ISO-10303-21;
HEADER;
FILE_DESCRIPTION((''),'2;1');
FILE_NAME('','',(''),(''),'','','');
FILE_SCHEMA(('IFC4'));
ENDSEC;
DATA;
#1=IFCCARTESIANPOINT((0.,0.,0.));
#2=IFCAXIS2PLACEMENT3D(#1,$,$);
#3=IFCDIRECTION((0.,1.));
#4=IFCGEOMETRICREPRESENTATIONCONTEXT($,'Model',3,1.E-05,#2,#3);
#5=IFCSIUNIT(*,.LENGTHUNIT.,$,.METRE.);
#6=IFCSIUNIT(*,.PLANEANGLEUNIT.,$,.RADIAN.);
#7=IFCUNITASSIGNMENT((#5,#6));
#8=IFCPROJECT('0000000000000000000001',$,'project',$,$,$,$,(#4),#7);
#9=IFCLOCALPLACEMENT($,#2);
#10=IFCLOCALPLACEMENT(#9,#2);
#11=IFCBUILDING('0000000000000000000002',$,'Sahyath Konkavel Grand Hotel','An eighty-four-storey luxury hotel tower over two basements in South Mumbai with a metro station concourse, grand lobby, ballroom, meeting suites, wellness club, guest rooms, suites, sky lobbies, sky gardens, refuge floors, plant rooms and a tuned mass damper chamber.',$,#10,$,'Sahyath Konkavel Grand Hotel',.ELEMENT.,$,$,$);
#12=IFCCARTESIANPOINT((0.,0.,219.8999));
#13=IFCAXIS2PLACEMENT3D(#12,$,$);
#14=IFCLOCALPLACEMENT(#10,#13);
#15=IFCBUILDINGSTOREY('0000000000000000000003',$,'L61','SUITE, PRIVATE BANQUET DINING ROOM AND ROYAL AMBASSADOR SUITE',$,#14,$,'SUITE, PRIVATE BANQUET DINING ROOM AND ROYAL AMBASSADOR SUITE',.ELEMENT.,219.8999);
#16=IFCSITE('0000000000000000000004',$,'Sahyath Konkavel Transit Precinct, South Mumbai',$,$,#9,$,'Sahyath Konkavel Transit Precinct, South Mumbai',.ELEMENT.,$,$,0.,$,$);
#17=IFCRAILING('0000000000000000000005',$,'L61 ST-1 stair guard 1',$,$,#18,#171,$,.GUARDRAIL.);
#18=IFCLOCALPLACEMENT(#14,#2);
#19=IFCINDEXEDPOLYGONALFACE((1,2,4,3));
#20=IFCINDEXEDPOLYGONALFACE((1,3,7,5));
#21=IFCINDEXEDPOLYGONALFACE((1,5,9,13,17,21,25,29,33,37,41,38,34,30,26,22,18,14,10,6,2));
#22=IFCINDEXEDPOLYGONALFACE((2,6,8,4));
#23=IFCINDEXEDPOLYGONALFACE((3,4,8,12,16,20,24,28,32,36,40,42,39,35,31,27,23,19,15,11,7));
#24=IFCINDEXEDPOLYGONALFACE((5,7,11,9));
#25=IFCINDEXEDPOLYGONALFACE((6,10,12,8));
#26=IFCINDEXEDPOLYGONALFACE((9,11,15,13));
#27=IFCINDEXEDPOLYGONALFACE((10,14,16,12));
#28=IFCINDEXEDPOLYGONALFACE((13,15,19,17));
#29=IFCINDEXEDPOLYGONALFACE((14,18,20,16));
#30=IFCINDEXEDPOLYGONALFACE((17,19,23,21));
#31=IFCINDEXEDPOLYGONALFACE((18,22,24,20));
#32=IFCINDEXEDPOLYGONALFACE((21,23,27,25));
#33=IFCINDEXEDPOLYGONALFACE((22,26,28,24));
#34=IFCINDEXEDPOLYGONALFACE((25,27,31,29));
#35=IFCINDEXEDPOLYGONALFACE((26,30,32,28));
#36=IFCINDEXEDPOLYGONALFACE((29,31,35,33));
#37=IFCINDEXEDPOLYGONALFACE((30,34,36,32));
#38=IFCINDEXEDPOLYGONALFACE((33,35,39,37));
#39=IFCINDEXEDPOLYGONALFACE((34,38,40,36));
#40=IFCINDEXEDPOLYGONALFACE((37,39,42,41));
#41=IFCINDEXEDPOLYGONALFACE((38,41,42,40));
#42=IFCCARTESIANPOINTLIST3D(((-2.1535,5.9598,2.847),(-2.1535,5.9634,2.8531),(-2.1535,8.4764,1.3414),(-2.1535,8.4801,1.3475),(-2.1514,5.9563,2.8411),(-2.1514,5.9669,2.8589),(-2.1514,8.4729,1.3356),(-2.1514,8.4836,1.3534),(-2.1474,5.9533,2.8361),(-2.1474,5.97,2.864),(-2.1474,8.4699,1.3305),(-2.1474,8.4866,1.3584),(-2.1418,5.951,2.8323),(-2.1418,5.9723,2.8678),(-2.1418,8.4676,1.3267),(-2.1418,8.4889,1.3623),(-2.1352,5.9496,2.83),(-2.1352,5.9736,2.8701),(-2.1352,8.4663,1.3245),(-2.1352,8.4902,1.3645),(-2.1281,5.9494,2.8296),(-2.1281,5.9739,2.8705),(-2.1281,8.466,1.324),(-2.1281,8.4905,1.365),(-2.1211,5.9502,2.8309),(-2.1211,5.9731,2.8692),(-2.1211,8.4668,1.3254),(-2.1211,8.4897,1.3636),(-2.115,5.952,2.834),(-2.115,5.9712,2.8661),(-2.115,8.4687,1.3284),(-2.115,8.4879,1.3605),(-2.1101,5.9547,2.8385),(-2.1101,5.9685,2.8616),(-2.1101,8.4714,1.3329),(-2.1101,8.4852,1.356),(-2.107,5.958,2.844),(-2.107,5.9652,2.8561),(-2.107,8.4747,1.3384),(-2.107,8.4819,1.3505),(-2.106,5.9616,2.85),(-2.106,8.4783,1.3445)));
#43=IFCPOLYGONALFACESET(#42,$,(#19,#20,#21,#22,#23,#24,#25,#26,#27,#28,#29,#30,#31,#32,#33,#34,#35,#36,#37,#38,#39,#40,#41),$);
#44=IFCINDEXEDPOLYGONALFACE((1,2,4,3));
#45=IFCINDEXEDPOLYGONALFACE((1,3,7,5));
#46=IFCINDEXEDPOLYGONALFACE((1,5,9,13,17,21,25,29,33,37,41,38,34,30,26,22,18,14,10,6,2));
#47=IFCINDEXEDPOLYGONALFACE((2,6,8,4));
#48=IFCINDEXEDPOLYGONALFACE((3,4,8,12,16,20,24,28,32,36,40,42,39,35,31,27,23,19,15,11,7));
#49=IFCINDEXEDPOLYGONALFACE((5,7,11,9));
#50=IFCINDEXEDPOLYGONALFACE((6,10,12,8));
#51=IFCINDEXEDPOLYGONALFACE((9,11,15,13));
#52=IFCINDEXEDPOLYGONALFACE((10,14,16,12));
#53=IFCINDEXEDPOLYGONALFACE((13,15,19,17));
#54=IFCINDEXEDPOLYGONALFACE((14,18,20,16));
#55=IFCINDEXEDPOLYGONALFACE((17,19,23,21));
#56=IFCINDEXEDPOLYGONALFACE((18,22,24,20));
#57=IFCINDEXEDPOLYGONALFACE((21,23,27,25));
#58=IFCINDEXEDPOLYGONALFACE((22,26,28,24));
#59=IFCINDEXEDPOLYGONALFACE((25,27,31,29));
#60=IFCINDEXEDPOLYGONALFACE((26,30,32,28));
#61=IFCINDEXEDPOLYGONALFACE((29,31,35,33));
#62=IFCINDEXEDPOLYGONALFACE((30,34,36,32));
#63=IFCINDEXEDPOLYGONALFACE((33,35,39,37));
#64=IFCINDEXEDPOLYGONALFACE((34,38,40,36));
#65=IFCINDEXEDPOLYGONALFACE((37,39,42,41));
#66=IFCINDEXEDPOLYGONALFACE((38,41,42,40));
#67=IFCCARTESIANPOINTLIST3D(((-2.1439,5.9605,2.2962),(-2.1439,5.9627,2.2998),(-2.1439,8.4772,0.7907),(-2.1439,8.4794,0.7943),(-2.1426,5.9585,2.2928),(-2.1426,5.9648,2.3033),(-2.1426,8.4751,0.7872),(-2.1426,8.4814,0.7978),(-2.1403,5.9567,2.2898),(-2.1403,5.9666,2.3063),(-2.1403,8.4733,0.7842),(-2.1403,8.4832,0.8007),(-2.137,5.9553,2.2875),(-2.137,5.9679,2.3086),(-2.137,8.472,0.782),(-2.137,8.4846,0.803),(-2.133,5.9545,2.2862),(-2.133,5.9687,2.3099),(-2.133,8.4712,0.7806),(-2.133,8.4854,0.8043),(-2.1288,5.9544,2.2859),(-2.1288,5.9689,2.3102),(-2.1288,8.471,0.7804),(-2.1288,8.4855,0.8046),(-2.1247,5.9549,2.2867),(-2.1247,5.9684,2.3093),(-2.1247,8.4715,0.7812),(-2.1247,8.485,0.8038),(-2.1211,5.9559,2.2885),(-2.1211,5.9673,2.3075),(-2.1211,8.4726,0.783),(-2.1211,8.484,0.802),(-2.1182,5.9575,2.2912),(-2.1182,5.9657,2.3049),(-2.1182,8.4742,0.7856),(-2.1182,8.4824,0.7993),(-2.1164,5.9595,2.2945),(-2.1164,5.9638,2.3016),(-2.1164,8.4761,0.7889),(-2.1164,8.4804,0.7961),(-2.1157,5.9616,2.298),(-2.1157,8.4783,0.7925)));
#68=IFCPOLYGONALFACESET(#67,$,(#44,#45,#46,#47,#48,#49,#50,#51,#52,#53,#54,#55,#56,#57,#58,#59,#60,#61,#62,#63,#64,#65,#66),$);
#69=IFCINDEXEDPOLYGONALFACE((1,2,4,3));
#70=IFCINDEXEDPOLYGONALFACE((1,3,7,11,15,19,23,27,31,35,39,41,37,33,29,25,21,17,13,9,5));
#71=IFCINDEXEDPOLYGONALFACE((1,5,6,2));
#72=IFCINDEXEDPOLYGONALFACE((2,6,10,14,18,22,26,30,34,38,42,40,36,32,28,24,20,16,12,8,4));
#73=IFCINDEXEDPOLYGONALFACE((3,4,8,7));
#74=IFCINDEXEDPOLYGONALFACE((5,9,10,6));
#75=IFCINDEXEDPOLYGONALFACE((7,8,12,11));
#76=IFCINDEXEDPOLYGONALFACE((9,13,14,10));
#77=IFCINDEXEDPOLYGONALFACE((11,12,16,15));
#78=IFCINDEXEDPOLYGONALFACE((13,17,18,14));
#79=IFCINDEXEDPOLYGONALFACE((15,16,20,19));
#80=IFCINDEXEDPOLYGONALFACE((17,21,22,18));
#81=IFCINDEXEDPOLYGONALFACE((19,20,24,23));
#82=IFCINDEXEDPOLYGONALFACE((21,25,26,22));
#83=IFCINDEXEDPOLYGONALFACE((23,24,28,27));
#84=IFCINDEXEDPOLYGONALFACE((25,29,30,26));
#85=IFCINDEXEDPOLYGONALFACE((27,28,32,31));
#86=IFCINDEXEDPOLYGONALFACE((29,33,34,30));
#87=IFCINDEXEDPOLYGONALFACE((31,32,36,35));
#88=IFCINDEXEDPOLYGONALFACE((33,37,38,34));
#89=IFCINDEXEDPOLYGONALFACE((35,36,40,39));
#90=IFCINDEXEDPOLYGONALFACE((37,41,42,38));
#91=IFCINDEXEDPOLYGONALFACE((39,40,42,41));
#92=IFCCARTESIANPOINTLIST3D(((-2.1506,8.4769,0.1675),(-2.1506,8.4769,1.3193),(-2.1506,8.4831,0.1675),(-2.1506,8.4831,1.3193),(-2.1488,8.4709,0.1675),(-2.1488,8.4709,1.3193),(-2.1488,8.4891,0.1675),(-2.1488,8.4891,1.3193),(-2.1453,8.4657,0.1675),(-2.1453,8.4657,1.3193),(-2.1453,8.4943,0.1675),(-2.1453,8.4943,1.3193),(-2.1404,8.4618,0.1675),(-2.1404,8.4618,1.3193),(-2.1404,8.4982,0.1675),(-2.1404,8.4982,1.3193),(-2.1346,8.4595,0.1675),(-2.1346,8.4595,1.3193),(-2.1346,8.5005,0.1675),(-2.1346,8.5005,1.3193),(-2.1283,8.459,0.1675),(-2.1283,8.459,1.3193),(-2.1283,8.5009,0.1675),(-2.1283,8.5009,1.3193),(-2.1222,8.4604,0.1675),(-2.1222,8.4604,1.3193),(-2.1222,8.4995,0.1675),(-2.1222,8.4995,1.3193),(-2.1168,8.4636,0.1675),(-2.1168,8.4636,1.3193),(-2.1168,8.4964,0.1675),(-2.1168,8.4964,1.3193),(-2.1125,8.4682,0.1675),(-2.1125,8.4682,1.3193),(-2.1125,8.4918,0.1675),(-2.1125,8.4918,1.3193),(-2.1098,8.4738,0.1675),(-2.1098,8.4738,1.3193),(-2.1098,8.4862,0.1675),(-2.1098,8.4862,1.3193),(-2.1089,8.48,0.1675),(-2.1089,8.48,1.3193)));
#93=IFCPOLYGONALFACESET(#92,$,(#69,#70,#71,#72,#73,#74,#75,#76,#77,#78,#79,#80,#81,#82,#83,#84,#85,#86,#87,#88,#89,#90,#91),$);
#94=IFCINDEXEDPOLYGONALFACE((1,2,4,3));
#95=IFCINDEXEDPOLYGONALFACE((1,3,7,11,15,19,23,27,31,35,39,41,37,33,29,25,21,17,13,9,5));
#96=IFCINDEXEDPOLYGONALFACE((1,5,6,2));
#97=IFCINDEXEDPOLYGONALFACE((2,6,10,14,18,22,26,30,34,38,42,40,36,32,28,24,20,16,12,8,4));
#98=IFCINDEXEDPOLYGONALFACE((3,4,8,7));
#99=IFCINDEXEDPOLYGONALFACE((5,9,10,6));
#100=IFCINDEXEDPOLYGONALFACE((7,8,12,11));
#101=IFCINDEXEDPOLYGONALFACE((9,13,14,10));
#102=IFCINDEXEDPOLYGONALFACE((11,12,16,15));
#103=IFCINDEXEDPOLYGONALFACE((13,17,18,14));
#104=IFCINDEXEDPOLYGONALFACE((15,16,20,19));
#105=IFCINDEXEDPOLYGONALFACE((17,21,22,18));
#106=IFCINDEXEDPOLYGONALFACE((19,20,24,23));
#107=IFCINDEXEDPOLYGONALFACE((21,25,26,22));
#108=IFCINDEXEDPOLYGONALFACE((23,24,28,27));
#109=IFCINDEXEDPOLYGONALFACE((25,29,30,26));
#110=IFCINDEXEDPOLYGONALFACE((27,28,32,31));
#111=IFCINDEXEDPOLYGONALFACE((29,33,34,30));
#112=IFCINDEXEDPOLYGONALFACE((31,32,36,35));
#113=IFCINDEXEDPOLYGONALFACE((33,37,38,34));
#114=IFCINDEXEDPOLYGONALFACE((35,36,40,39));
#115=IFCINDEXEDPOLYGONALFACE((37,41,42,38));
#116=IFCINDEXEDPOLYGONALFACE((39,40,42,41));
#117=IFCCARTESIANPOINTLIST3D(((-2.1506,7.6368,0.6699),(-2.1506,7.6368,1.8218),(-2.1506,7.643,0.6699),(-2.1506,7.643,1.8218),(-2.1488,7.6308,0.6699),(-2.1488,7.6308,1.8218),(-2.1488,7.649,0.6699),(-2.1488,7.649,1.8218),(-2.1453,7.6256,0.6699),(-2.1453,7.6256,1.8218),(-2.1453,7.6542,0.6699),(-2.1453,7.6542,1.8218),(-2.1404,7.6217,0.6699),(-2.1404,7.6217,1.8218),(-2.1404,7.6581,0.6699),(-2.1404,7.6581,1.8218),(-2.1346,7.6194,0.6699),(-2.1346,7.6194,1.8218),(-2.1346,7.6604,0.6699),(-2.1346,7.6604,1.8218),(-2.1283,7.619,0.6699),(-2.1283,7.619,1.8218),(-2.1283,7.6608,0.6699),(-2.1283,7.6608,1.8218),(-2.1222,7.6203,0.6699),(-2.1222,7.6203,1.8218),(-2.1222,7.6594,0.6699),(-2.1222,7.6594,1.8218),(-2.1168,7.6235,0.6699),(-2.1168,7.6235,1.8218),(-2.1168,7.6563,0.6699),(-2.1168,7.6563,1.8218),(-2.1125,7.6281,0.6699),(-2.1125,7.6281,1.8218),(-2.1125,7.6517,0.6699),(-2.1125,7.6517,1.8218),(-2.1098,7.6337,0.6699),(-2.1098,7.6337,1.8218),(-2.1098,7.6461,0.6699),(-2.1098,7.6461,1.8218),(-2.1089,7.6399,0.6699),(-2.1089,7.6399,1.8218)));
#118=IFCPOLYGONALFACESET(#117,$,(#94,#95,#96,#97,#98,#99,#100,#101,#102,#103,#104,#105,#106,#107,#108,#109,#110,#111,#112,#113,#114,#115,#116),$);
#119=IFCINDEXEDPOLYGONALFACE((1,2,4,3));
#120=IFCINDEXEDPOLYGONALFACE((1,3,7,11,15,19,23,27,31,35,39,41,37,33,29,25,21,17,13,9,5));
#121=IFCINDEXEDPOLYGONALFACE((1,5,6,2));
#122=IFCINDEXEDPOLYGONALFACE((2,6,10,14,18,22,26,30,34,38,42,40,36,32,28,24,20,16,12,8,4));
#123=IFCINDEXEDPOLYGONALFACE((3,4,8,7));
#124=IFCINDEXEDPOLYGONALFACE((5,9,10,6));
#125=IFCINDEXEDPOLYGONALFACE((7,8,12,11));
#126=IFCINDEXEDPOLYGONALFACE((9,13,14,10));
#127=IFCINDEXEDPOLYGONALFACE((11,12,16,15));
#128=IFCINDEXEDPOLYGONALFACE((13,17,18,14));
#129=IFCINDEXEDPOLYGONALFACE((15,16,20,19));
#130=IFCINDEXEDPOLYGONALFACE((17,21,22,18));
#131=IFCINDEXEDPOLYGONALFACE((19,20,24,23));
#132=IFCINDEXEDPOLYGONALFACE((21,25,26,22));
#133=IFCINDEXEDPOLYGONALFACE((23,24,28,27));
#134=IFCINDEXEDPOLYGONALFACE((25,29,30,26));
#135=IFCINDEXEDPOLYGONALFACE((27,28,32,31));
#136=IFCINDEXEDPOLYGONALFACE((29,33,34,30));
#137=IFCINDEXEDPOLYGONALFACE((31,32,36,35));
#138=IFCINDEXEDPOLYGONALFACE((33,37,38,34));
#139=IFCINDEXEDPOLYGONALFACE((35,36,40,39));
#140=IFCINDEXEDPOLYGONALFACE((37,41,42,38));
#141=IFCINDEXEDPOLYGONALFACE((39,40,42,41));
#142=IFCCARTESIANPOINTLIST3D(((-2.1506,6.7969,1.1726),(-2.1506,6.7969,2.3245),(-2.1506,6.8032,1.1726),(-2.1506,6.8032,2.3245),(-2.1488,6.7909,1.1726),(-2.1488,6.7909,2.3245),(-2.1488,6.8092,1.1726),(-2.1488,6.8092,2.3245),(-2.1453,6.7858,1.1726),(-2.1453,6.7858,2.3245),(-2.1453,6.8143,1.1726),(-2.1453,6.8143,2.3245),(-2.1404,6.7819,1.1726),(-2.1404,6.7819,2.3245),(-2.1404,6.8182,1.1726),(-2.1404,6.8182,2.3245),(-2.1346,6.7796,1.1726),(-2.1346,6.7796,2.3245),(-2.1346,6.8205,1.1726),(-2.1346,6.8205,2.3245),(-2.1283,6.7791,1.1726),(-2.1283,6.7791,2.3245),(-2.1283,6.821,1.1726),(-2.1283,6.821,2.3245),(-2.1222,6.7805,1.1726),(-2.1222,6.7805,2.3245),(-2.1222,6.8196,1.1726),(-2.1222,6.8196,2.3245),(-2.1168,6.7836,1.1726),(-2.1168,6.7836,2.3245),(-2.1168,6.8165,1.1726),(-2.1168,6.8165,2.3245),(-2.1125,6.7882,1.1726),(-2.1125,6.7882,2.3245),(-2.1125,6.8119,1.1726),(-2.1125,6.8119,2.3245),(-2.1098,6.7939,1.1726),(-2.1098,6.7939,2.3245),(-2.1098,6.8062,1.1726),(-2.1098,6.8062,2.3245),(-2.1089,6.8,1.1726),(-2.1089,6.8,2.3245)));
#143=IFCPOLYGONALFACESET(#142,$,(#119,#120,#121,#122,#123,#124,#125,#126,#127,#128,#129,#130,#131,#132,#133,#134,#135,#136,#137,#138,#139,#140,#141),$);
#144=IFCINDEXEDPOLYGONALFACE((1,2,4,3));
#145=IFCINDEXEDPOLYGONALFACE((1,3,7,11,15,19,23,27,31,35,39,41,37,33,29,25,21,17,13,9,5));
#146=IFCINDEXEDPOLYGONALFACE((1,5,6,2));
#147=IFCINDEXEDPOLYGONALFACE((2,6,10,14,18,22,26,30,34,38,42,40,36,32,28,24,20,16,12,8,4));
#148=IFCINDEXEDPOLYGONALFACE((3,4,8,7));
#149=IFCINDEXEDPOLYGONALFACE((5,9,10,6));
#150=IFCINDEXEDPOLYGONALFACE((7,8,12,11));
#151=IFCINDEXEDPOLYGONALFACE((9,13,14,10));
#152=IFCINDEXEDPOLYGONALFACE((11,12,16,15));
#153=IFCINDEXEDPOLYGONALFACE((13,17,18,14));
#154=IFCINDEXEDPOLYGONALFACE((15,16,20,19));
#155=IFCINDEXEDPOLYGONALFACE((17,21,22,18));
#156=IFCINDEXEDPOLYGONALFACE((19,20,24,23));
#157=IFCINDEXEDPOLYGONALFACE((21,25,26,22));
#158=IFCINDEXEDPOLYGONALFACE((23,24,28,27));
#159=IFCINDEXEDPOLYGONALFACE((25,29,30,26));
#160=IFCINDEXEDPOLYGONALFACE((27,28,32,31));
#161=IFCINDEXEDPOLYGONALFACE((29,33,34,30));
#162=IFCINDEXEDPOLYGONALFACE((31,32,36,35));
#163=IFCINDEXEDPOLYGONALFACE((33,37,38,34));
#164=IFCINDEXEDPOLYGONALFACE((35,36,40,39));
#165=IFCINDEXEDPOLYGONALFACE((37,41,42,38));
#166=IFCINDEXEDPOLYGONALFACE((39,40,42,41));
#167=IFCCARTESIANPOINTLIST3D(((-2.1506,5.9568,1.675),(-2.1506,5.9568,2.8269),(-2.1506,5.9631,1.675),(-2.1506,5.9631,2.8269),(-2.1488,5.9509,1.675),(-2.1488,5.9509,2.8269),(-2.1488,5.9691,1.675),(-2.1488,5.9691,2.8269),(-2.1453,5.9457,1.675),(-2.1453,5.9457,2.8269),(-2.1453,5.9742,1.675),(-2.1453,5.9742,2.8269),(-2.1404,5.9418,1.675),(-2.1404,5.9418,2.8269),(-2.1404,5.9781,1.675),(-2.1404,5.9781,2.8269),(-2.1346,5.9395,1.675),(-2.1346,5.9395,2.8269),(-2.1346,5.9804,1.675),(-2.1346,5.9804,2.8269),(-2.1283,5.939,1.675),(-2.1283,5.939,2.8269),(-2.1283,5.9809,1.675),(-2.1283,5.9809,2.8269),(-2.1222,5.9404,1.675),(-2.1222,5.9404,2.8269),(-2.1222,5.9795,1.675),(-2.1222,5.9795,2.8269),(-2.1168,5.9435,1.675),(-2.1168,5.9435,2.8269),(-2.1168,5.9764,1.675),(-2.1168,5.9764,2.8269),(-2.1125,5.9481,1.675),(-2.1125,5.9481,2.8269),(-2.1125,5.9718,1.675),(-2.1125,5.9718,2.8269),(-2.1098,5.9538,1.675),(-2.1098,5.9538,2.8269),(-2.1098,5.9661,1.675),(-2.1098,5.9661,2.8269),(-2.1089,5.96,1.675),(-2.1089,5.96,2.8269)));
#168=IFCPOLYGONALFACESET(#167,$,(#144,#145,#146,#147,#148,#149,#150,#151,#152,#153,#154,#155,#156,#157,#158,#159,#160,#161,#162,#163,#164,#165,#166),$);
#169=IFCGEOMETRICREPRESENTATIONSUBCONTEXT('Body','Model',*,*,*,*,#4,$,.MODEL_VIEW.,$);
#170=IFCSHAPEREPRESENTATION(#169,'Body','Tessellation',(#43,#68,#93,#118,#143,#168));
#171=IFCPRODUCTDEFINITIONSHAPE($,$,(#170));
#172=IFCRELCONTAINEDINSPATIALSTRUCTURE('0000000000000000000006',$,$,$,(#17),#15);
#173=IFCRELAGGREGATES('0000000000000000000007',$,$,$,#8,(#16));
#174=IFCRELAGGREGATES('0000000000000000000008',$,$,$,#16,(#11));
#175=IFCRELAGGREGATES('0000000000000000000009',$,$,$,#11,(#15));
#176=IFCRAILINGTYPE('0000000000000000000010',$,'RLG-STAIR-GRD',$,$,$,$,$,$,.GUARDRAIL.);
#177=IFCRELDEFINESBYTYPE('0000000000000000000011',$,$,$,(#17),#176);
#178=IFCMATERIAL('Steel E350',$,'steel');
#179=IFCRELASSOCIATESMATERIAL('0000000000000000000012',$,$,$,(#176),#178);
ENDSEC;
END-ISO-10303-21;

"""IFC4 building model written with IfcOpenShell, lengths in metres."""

from ifc_helpers import new_model, si_unit, direction, frame, origin, origin_2d, place, context, subcontext, project, spatial, circle, extrude, material, type_object, element, save


model = new_model("IFC4")

# Units and contexts
model_context = context("Model", 3, precision=1e-05, world=origin(), true_north=direction((0.0, 1.0)))
body_context = subcontext(model_context, "Body", "Model", "MODEL_VIEW")
ifc_project = project(units=[si_unit("LENGTHUNIT", "METRE"), si_unit("PLANEANGLEUNIT", "RADIAN")], contexts=[model_context])

# Site, building, storey
site_placement = place(None, origin())
site = spatial("IfcSite", under=ifc_project, at=site_placement, Name="Sahyath Konkavel Transit Precinct, South Mumbai", LongName="Sahyath Konkavel Transit Precinct, South Mumbai", CompositionType="ELEMENT", RefElevation=0.0)
building_placement = place(site_placement, origin())
building = spatial("IfcBuilding", under=site, at=building_placement, Name="Sahyath Konkavel Grand Hotel", Description="An eighty-four-storey luxury hotel tower over two basements in South Mumbai with a metro station concourse, grand lobby, ballroom, meeting suites, wellness club, guest rooms, suites, sky lobbies, sky gardens, refuge floors, plant rooms and a tuned mass damper chamber.", LongName="Sahyath Konkavel Grand Hotel", CompositionType="ELEMENT")
storey_placement = place(building_placement, frame((0.0, 0.0, 219.8999)))
storey = spatial("IfcBuildingStorey", under=building, at=storey_placement, Name="L61", Description="SUITE, PRIVATE BANQUET DINING ROOM AND ROYAL AMBASSADOR SUITE", LongName="SUITE, PRIVATE BANQUET DINING ROOM AND ROYAL AMBASSADOR SUITE", CompositionType="ELEMENT", Elevation=219.8999)

# Shared definitions
ifc_material_1 = material(Name="Steel E350", Category="steel")

# Railing
railing_type = type_object("IfcRailingType", Name="RLG-STAIR-GRD", PredefinedType="GUARDRAIL", material=ifc_material_1)
railing_1_placement = place(storey_placement, frame((-2.1299, 8.48, 0.1675)))
element("IfcRailing", 1, at=railing_1_placement, inside=storey, type_object=railing_type, Name="L61 ST-1 stair guard 1", PredefinedType="GUARDRAIL", context=body_context, shape_type="SweptSolid", body=[
    extrude(circle(Radius=0.0239, at=origin_2d()), frame((0.0, -0.0017, 1.177), z_axis=(0.0, -0.85816, 0.513383), x_axis=(1.0, 0.0, 0.0)), (0.0, 0.0, 1.0), 2.9326),
    extrude(circle(Radius=0.0142, at=origin_2d()), frame((0.0, -0.0017, 0.625), z_axis=(0.0, -0.85816, 0.513383), x_axis=(1.0, 0.0, 0.0)), (0.0, 0.0, 1.0), 2.9326),
    extrude(circle(Radius=0.021, at=origin_2d()), origin(), (0.0, 0.0, 1.0), 1.1519),
    extrude(circle(Radius=0.021, at=origin_2d()), frame((0.0, -0.8401, 0.5024)), (0.0, 0.0, 1.0), 1.1519),
    extrude(circle(Radius=0.021, at=origin_2d()), frame((0.0, -1.6799, 1.0051)), (0.0, 0.0, 1.0), 1.1519),
    extrude(circle(Radius=0.021, at=origin_2d()), frame((0.0, -2.52, 1.5076)), (0.0, 0.0, 1.0), 1.1519),
])

save(model, "model.ifc")
